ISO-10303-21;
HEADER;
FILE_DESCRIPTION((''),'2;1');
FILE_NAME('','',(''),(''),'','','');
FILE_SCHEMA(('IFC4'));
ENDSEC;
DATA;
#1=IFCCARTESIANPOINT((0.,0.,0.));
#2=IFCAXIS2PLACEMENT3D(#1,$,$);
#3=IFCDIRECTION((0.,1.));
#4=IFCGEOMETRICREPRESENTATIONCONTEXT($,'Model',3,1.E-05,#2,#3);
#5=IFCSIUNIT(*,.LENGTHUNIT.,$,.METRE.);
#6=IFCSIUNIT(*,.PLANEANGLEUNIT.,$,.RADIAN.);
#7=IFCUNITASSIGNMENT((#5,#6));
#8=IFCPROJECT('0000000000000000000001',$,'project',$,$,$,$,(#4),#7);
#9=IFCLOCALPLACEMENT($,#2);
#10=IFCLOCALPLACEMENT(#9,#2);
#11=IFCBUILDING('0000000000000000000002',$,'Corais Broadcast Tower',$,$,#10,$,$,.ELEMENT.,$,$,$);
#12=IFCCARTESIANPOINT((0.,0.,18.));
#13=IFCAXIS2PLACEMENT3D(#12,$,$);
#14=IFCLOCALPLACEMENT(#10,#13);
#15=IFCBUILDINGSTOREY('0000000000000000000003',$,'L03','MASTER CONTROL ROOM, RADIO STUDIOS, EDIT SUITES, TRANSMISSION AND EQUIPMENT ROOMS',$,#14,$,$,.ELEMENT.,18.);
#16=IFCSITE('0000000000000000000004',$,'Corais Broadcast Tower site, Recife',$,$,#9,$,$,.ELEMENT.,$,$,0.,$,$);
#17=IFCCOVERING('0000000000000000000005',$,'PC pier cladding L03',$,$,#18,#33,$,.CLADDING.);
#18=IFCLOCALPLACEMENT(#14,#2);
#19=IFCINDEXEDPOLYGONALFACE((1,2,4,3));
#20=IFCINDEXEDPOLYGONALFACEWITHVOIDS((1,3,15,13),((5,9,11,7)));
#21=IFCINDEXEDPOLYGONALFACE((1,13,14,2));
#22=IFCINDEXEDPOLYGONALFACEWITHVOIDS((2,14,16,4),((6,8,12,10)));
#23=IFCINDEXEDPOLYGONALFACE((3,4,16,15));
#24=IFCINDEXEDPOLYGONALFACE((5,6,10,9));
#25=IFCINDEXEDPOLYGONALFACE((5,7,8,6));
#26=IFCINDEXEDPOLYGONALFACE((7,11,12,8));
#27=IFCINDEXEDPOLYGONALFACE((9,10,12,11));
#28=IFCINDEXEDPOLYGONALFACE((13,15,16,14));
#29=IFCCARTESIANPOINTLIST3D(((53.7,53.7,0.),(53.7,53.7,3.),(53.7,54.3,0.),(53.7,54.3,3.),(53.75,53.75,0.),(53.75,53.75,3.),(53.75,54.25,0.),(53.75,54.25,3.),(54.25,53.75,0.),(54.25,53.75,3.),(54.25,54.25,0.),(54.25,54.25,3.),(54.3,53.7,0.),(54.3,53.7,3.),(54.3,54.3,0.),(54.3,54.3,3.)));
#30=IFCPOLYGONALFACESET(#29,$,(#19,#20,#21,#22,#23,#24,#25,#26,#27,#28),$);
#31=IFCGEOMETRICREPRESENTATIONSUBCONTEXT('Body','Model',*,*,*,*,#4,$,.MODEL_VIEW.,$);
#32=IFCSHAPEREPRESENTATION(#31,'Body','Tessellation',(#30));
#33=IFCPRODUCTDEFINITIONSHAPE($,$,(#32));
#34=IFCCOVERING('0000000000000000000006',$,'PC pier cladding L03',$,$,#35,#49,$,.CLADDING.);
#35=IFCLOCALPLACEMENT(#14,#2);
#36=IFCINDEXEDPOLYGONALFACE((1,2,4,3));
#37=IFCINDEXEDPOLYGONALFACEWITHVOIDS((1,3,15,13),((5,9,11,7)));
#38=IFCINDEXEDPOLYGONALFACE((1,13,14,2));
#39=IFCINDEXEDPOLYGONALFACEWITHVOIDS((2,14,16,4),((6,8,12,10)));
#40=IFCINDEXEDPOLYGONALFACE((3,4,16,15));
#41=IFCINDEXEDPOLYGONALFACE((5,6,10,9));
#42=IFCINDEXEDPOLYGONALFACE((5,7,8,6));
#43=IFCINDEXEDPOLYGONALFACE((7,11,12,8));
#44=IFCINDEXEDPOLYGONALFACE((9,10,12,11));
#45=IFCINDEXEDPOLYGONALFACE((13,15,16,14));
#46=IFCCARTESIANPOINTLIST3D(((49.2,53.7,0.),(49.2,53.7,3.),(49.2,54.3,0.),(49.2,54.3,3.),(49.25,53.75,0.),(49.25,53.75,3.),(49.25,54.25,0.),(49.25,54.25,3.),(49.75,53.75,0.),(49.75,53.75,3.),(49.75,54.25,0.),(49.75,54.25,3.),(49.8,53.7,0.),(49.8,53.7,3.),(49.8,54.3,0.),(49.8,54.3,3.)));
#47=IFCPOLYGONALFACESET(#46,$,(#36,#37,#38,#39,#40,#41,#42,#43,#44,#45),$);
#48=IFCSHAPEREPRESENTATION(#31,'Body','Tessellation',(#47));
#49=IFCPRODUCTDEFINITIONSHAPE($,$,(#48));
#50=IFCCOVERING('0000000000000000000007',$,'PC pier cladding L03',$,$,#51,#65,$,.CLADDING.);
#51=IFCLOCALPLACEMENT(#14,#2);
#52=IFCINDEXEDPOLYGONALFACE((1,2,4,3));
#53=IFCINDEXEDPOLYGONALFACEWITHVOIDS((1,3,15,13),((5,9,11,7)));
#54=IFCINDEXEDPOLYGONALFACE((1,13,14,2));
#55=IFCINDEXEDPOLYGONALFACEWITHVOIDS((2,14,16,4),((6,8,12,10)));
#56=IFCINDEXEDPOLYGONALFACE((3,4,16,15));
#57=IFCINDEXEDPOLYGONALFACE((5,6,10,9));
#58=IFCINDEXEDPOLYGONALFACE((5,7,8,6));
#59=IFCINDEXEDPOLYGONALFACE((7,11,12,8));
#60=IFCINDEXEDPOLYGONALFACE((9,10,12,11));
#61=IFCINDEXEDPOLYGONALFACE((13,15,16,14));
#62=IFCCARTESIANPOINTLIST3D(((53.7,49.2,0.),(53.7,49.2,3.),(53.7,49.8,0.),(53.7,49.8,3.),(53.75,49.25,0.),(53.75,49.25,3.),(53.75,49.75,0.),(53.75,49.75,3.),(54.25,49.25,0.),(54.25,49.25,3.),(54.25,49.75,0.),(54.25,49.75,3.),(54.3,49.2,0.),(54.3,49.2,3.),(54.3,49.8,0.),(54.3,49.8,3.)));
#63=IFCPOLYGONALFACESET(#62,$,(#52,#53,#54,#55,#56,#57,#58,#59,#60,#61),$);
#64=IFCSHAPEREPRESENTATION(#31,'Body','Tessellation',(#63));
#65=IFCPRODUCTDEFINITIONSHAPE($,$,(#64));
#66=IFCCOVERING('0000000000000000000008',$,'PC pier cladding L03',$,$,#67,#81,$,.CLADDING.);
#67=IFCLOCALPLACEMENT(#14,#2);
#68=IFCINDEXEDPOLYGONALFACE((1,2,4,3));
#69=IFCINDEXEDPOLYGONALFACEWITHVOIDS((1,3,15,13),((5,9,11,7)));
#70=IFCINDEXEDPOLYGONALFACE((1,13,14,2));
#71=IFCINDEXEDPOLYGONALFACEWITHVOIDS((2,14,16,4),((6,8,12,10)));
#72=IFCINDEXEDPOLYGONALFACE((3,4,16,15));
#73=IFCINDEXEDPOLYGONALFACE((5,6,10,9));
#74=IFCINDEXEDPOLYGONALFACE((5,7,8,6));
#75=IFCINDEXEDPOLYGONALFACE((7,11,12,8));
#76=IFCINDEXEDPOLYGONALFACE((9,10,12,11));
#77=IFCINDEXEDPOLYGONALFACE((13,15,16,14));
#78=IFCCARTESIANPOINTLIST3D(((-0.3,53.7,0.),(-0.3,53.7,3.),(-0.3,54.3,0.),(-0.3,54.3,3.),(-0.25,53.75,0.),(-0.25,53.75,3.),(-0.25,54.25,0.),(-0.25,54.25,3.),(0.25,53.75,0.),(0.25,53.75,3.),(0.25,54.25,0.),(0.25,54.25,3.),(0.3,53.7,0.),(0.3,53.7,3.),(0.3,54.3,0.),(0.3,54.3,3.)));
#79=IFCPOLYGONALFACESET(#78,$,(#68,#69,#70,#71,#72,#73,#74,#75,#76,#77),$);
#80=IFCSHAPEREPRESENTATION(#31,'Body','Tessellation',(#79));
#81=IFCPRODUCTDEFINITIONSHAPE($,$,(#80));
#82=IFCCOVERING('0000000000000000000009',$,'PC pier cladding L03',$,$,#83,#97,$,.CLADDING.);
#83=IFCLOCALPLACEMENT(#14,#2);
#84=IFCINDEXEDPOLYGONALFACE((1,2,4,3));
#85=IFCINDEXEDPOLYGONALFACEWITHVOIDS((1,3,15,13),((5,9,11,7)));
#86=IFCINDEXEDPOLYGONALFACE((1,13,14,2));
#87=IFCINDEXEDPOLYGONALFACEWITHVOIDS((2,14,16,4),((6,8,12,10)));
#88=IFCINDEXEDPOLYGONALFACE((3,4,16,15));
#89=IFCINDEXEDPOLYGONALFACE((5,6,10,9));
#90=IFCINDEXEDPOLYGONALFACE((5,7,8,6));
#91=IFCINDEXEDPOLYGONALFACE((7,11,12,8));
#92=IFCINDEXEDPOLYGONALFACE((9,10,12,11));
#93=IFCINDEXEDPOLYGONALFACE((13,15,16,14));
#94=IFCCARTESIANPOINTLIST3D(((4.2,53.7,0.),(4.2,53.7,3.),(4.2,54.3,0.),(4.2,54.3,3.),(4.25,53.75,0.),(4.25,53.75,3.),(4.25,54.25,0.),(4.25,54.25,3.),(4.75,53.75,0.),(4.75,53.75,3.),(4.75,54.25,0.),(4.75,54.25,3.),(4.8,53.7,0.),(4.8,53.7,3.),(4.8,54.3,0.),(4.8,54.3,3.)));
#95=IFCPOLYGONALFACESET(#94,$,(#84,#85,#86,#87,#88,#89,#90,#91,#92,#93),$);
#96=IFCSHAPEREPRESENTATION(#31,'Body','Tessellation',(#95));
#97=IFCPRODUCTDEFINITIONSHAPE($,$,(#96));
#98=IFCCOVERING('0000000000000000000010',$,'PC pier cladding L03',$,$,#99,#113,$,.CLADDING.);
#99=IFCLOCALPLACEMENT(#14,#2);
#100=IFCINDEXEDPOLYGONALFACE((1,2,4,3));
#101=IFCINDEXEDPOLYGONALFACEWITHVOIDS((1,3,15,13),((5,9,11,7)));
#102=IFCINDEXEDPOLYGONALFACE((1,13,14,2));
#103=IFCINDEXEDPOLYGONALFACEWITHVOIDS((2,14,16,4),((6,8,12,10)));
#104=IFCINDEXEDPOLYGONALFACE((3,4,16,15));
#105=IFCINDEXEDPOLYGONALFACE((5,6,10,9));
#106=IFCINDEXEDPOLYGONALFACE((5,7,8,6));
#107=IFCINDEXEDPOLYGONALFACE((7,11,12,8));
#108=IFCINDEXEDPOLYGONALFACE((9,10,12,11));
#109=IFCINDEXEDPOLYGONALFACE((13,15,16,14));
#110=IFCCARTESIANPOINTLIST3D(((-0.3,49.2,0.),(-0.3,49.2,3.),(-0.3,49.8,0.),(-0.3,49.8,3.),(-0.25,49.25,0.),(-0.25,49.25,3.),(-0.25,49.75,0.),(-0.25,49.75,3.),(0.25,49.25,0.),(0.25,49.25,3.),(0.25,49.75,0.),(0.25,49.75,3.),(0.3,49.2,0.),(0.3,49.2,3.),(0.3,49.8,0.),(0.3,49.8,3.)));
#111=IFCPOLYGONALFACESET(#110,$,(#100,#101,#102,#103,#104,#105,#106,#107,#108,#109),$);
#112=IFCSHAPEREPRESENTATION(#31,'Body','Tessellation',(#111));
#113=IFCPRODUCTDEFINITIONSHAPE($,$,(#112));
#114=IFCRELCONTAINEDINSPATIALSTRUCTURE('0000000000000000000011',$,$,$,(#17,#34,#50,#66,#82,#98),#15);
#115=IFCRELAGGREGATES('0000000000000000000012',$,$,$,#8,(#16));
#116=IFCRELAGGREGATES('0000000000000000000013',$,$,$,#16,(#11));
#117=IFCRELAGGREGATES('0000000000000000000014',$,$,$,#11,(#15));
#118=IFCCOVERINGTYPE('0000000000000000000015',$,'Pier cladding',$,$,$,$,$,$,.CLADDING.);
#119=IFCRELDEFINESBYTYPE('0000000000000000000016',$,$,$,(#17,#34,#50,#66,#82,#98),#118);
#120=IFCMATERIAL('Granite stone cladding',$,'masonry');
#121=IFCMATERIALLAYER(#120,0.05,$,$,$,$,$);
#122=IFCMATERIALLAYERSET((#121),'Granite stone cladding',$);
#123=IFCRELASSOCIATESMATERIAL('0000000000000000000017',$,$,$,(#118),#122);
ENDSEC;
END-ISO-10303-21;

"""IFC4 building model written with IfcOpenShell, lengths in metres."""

from ifc_helpers import new_model, si_unit, direction, frame, origin, place, context, subcontext, project, spatial, polyline, outline, extrude, material, layer, layer_set, type_object, element, save


model = new_model("IFC4")

# Units and contexts
model_context = context("Model", 3, precision=1e-05, world=origin(), true_north=direction((0.0, 1.0)))
body_context = subcontext(model_context, "Body", "Model", "MODEL_VIEW")
ifc_project = project(units=[si_unit("LENGTHUNIT", "METRE"), si_unit("PLANEANGLEUNIT", "RADIAN")], contexts=[model_context])

# Site, building, storey
site_placement = place(None, origin())
site = spatial("IfcSite", under=ifc_project, at=site_placement, Name="Corais Broadcast Tower site, Recife", CompositionType="ELEMENT", RefElevation=0.0)
building_placement = place(site_placement, origin())
building = spatial("IfcBuilding", under=site, at=building_placement, Name="Corais Broadcast Tower", CompositionType="ELEMENT")
storey_placement = place(building_placement, frame((0.0, 0.0, 18.0)))
storey = spatial("IfcBuildingStorey", under=building, at=storey_placement, Name="L03", Description="MASTER CONTROL ROOM, RADIO STUDIOS, EDIT SUITES, TRANSMISSION AND EQUIPMENT ROOMS", CompositionType="ELEMENT", Elevation=18.0)

# Coverings
ifc_material_1 = material(Name="Granite stone cladding", Category="masonry")
ifc_layer = layer(ifc_material_1, 0.05)
ifc_layer_set = layer_set([ifc_layer], Name="Granite stone cladding")
covering_type = type_object("IfcCoveringType", Name="Pier cladding", PredefinedType="CLADDING", material=ifc_layer_set)
covering_1_placement = place(storey_placement, origin())
element("IfcCovering", 1, at=covering_1_placement, inside=storey, type_object=covering_type, Name="PC pier cladding L03", PredefinedType="CLADDING", context=body_context, shape_type="SweptSolid", body=[
    extrude(outline(polyline([(53.7, 53.7), (54.3, 53.7), (54.3, 54.3), (53.7, 54.3), (53.7, 53.7)]), holes=[polyline([(53.75, 53.75), (54.25, 53.75), (54.25, 54.25), (53.75, 54.25), (53.75, 53.75)])]), origin(), (0.0, 0.0, 1.0), 3.0),
])
covering_2_placement = place(storey_placement, origin())
element("IfcCovering", 2, at=covering_2_placement, inside=storey, type_object=covering_type, Name="PC pier cladding L03", PredefinedType="CLADDING", context=body_context, shape_type="SweptSolid", body=[
    extrude(outline(polyline([(49.2, 53.7), (49.8, 53.7), (49.8, 54.3), (49.2, 54.3), (49.2, 53.7)]), holes=[polyline([(49.25, 53.75), (49.75, 53.75), (49.75, 54.25), (49.25, 54.25), (49.25, 53.75)])]), origin(), (0.0, 0.0, 1.0), 3.0),
])
covering_3_placement = place(storey_placement, origin())
element("IfcCovering", 3, at=covering_3_placement, inside=storey, type_object=covering_type, Name="PC pier cladding L03", PredefinedType="CLADDING", context=body_context, shape_type="SweptSolid", body=[
    extrude(outline(polyline([(53.7, 49.2), (54.3, 49.2), (54.3, 49.8), (53.7, 49.8), (53.7, 49.2)]), holes=[polyline([(53.75, 49.25), (54.25, 49.25), (54.25, 49.75), (53.75, 49.75), (53.75, 49.25)])]), origin(), (0.0, 0.0, 1.0), 3.0),
])
covering_4_placement = place(storey_placement, origin())
element("IfcCovering", 4, at=covering_4_placement, inside=storey, type_object=covering_type, Name="PC pier cladding L03", PredefinedType="CLADDING", context=body_context, shape_type="SweptSolid", body=[
    extrude(outline(polyline([(-0.3, 53.7), (0.3, 53.7), (0.3, 54.3), (-0.3, 54.3), (-0.3, 53.7)]), holes=[polyline([(-0.25, 53.75), (0.25, 53.75), (0.25, 54.25), (-0.25, 54.25), (-0.25, 53.75)])]), origin(), (0.0, 0.0, 1.0), 3.0),
])
covering_5_placement = place(storey_placement, origin())
element("IfcCovering", 5, at=covering_5_placement, inside=storey, type_object=covering_type, Name="PC pier cladding L03", PredefinedType="CLADDING", context=body_context, shape_type="SweptSolid", body=[
    extrude(outline(polyline([(4.2, 53.7), (4.8, 53.7), (4.8, 54.3), (4.2, 54.3), (4.2, 53.7)]), holes=[polyline([(4.25, 53.75), (4.75, 53.75), (4.75, 54.25), (4.25, 54.25), (4.25, 53.75)])]), origin(), (0.0, 0.0, 1.0), 3.0),
])
covering_6_placement = place(storey_placement, origin())
element("IfcCovering", 6, at=covering_6_placement, inside=storey, type_object=covering_type, Name="PC pier cladding L03", PredefinedType="CLADDING", context=body_context, shape_type="SweptSolid", body=[
    extrude(outline(polyline([(-0.3, 49.2), (0.3, 49.2), (0.3, 49.8), (-0.3, 49.8), (-0.3, 49.2)]), holes=[polyline([(-0.25, 49.25), (0.25, 49.25), (0.25, 49.75), (-0.25, 49.75), (-0.25, 49.25)])]), origin(), (0.0, 0.0, 1.0), 3.0),
])

save(model, "model.ifc")
